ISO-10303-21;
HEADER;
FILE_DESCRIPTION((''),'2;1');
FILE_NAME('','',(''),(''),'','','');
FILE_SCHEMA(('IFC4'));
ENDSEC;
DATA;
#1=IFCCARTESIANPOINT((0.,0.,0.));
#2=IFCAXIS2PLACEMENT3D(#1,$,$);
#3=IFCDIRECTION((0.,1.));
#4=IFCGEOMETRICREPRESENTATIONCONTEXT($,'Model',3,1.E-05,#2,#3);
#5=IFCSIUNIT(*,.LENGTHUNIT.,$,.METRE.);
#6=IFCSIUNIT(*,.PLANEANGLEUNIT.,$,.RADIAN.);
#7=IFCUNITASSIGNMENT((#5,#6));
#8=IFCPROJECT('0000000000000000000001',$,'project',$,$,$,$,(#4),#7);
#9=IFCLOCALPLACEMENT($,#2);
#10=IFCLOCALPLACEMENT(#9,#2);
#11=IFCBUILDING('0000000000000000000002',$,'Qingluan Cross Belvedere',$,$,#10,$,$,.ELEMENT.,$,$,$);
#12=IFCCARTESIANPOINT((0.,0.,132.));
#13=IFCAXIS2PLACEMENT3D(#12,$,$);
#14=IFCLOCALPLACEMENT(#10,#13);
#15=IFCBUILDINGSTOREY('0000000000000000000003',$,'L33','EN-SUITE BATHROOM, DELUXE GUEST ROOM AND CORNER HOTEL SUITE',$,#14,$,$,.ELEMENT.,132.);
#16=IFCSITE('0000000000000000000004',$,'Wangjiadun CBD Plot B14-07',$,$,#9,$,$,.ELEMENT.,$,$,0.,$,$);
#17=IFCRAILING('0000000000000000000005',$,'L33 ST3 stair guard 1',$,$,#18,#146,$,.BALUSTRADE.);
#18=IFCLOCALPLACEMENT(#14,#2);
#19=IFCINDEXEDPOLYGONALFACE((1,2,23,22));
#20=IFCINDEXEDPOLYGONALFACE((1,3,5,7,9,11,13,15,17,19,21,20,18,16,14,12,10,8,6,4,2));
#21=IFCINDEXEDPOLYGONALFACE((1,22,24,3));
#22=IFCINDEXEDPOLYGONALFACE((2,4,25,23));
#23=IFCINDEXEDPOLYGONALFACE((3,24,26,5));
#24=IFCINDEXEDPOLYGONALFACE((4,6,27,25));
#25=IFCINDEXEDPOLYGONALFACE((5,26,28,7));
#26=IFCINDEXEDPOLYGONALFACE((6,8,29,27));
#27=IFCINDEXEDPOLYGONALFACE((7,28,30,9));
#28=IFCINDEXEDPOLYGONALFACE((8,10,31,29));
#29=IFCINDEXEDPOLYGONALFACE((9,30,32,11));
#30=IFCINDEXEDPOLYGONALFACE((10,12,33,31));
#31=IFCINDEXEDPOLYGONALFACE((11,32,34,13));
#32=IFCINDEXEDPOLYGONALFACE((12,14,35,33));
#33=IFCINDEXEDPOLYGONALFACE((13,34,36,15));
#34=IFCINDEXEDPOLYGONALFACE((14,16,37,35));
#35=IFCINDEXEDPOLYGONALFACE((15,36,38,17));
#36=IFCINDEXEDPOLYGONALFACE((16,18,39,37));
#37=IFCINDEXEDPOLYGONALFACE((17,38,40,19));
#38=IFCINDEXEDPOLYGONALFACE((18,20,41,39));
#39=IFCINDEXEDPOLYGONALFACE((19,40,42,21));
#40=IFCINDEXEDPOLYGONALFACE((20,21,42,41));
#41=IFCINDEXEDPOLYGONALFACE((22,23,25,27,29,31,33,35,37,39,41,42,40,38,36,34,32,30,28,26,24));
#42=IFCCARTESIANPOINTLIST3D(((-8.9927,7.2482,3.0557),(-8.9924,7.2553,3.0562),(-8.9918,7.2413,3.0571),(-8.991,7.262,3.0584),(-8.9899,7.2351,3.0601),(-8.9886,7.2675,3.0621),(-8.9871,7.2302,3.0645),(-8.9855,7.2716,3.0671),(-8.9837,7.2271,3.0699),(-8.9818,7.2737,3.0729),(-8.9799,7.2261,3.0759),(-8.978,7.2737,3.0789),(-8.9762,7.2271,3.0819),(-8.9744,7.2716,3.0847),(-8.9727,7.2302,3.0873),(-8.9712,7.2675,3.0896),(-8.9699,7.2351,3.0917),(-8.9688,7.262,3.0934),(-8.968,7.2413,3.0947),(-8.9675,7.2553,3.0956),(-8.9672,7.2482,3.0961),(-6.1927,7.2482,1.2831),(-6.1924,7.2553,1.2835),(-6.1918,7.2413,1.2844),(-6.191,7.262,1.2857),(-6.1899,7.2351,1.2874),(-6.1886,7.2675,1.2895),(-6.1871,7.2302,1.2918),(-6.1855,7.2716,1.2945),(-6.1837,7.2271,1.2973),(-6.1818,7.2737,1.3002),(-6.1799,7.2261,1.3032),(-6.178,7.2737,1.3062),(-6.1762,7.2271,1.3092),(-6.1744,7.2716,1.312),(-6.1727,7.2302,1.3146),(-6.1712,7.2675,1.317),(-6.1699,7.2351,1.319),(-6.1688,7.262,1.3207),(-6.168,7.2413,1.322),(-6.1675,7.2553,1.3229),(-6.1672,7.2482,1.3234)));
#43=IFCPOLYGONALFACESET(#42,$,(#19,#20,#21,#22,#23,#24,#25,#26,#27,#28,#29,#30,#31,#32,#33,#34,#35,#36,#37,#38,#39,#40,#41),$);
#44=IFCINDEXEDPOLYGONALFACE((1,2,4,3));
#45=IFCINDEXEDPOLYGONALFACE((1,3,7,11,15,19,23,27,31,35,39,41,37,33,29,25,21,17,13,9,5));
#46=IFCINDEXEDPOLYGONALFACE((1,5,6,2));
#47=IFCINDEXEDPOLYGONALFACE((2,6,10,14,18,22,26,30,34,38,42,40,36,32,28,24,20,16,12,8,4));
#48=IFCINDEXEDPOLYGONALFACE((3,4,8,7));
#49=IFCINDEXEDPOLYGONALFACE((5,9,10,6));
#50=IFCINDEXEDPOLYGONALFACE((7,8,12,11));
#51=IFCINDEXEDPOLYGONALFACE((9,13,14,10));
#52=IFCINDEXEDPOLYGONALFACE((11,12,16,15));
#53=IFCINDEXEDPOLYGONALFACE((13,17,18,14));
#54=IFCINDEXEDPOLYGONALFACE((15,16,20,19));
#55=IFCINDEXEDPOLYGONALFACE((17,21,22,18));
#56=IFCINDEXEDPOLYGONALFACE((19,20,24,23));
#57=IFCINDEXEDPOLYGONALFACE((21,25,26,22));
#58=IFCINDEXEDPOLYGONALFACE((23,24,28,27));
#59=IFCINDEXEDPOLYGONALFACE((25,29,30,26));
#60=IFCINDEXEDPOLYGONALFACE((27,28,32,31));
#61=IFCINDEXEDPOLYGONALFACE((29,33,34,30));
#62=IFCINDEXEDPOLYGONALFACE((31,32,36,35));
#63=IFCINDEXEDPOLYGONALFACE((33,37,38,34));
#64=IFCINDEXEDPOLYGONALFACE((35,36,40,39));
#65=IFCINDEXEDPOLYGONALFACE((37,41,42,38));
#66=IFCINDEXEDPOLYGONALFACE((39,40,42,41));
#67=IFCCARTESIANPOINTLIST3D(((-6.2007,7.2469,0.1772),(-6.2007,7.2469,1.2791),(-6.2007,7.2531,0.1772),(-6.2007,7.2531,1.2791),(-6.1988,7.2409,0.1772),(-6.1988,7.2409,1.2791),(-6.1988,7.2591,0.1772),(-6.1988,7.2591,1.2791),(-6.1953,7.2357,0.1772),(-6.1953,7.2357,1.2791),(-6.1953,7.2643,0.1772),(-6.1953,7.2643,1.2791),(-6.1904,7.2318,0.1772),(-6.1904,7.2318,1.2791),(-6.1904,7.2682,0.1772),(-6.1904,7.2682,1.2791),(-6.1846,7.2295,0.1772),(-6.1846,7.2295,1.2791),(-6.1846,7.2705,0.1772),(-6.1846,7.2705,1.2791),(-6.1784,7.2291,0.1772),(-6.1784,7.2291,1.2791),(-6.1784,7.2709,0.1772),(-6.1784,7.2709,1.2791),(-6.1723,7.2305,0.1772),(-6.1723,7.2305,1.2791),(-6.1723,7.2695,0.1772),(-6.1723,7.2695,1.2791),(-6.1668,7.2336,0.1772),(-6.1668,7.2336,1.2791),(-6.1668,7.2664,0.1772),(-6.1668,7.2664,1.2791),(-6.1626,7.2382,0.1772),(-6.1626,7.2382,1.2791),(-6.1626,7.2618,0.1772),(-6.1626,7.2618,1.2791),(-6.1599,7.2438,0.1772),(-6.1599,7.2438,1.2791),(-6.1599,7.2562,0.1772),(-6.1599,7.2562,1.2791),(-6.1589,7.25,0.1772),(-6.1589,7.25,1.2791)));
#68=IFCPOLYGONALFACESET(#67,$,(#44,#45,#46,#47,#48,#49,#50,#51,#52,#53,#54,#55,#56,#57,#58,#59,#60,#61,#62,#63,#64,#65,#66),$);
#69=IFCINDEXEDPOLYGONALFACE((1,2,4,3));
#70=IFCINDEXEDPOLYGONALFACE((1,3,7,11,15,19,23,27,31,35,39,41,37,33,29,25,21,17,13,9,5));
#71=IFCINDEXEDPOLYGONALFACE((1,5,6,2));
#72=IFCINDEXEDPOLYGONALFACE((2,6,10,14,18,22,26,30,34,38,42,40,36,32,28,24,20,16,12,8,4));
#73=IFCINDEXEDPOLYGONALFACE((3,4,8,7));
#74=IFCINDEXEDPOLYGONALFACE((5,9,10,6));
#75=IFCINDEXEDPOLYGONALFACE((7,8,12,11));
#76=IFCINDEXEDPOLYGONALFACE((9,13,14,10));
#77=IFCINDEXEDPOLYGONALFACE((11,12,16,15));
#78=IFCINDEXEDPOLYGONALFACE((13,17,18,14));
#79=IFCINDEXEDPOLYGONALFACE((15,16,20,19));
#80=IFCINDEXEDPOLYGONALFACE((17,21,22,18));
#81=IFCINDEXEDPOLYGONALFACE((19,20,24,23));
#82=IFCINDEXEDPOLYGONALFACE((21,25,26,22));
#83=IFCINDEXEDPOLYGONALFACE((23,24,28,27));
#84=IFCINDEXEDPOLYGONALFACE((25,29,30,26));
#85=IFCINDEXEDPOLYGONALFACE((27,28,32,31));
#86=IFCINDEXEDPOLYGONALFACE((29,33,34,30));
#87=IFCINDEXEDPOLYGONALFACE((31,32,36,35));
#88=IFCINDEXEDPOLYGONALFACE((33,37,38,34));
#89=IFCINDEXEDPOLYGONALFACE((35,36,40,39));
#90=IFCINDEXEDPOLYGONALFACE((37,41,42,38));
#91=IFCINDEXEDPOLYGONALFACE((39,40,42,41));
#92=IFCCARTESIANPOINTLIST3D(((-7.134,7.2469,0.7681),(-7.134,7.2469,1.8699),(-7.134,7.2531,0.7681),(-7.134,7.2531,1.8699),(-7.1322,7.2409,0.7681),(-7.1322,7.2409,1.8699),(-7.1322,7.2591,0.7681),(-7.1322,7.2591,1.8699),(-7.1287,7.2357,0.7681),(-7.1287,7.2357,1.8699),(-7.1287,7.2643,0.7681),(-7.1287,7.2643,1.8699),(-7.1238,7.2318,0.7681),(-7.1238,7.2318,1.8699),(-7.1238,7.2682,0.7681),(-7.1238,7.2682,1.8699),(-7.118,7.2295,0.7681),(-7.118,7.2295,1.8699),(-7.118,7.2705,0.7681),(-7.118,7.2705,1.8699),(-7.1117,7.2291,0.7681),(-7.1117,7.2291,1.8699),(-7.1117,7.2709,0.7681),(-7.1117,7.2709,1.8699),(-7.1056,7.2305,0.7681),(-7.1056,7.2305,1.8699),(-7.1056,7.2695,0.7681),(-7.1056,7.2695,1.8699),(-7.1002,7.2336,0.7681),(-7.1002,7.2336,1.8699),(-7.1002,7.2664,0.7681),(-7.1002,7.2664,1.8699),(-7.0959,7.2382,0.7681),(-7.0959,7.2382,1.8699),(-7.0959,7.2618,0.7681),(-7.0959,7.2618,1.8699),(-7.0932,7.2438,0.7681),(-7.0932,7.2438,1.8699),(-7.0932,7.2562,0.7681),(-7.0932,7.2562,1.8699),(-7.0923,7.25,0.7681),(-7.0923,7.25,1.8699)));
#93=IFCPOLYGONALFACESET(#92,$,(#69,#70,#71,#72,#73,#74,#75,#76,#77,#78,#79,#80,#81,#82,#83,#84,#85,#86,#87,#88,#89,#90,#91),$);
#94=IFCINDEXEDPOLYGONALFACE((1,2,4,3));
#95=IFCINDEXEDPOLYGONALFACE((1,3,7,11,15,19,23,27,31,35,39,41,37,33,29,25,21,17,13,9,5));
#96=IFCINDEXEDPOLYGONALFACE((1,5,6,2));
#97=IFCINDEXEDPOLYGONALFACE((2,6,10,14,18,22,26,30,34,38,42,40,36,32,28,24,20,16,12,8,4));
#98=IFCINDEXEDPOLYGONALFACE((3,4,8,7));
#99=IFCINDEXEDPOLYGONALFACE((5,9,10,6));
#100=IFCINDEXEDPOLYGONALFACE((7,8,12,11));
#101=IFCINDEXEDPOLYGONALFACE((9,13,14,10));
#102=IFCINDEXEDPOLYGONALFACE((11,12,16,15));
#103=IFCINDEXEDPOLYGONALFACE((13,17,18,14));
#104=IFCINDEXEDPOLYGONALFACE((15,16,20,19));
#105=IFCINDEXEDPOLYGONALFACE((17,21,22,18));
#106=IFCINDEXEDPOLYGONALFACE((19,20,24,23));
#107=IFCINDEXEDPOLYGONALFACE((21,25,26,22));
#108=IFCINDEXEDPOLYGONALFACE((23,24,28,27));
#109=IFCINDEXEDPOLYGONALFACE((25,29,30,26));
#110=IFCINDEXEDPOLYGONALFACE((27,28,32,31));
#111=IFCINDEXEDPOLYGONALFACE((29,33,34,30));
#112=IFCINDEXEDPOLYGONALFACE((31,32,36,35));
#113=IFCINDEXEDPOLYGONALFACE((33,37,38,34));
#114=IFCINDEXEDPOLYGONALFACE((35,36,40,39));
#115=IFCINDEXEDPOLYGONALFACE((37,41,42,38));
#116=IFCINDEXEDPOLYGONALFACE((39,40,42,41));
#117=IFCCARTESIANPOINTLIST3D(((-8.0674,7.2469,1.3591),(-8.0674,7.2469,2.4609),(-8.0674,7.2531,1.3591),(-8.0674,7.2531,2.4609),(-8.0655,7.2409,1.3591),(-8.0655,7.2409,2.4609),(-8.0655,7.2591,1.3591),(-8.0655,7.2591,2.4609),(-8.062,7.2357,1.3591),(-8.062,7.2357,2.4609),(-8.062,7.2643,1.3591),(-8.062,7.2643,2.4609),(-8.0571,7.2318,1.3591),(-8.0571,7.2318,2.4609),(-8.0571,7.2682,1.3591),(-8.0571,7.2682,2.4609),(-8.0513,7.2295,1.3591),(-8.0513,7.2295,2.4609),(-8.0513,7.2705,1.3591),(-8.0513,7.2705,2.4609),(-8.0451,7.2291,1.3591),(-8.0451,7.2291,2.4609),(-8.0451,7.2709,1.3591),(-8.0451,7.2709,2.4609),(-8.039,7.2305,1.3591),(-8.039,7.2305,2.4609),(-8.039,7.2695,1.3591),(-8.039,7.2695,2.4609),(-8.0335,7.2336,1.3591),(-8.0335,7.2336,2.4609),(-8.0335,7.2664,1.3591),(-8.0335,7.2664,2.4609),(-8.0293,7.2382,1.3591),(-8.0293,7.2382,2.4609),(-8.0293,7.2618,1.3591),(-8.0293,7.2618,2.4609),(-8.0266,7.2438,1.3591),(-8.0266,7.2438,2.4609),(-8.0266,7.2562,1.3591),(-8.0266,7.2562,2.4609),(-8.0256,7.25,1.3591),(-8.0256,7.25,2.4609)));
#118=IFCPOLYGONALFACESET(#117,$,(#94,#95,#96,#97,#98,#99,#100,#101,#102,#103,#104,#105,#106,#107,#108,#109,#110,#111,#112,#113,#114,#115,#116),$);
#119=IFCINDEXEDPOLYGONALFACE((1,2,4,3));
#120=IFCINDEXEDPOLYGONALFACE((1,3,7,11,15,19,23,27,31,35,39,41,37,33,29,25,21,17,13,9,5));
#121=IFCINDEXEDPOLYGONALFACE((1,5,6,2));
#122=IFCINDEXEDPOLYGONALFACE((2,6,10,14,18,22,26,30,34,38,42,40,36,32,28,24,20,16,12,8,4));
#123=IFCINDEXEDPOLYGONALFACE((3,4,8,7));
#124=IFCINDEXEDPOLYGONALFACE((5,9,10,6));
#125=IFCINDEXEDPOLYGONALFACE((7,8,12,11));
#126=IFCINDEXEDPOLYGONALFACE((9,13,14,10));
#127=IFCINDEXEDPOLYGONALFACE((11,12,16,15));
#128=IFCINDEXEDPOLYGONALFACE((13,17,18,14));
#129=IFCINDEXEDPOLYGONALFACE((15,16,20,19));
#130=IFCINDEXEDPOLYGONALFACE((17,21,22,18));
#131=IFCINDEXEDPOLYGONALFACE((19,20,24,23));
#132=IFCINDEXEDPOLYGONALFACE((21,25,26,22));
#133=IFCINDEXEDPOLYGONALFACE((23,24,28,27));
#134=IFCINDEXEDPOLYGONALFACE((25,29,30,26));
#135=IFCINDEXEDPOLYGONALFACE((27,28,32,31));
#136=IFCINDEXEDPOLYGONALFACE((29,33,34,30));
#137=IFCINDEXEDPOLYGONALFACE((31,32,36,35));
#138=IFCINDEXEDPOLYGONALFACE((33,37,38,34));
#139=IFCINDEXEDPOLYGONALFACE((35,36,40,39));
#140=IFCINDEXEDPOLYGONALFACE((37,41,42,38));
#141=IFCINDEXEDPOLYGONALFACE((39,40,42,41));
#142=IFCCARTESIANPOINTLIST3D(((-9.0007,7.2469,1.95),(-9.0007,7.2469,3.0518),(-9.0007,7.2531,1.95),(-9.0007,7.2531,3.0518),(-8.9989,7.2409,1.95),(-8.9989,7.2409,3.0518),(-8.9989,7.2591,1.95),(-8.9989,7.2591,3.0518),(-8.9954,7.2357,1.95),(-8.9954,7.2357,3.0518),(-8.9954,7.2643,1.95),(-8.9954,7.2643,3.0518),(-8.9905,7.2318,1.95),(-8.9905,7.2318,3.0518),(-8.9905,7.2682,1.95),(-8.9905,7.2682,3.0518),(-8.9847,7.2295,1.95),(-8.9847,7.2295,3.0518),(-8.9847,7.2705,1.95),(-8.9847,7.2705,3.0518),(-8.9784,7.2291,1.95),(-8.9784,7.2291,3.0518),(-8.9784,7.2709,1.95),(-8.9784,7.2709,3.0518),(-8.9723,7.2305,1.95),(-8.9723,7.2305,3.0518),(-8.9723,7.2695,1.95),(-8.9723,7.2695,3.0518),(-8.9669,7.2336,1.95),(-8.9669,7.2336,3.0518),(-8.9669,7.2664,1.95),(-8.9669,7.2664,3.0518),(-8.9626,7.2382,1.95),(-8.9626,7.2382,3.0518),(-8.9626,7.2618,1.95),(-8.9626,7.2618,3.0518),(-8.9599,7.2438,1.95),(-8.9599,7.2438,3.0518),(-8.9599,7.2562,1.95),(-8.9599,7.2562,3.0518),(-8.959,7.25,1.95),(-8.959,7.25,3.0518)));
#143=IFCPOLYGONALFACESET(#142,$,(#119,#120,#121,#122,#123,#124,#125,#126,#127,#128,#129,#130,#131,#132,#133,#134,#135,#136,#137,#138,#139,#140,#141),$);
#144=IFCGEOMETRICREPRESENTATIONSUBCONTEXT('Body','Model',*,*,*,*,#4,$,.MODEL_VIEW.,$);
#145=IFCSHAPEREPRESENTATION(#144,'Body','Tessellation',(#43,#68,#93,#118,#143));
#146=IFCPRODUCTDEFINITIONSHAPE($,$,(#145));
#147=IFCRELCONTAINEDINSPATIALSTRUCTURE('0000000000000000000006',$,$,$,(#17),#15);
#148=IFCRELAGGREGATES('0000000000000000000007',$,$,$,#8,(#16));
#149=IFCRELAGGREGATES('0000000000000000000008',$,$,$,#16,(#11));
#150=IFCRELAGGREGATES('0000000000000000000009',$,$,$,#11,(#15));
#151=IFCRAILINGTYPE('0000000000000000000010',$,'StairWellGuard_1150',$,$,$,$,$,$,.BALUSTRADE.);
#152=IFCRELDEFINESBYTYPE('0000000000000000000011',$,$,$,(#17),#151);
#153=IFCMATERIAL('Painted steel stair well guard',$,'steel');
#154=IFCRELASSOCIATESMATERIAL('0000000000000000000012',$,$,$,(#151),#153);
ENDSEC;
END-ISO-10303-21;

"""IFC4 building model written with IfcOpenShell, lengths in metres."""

from ifc_helpers import new_model, si_unit, direction, frame, origin, origin_2d, place, context, subcontext, project, spatial, circle, extrude, material, type_object, element, save


model = new_model("IFC4")

# Units and contexts
model_context = context("Model", 3, precision=1e-05, world=origin(), true_north=direction((0.0, 1.0)))
body_context = subcontext(model_context, "Body", "Model", "MODEL_VIEW")
ifc_project = project(units=[si_unit("LENGTHUNIT", "METRE"), si_unit("PLANEANGLEUNIT", "RADIAN")], contexts=[model_context])

# Site, building, storey
site_placement = place(None, origin())
site = spatial("IfcSite", under=ifc_project, at=site_placement, Name="Wangjiadun CBD Plot B14-07", CompositionType="ELEMENT", RefElevation=0.0)
building_placement = place(site_placement, origin())
building = spatial("IfcBuilding", under=site, at=building_placement, Name="Qingluan Cross Belvedere", CompositionType="ELEMENT")
storey_placement = place(building_placement, frame((0.0, 0.0, 132.0)))
storey = spatial("IfcBuildingStorey", under=building, at=storey_placement, Name="L33", Description="EN-SUITE BATHROOM, DELUXE GUEST ROOM AND CORNER HOTEL SUITE", CompositionType="ELEMENT", Elevation=132.0)

# Railing
ifc_material_1 = material(Name="Painted steel stair well guard", Category="steel")
railing_type_1 = type_object("IfcRailingType", Name="StairWellGuard_1150", PredefinedType="BALUSTRADE", material=ifc_material_1)
railing_1_placement = place(storey_placement, frame((-6.1799, 7.25, 0.1772)))
element("IfcRailing", 1, at=railing_1_placement, inside=storey, type_object=railing_type_1, Name="L33 ST3 stair guard 1", PredefinedType="BALUSTRADE", context=body_context, shape_type="SweptSolid", body=[
    extrude(circle(Radius=0.0239, at=origin_2d()), frame((0.0, 0.0, 1.126), z_axis=(-0.844909, 0.0, 0.53491), x_axis=(0.0, -1.0, 0.0)), (0.0, 0.0, 1.0), 3.314),
    extrude(circle(Radius=0.021, at=origin_2d()), origin(), (0.0, 0.0, 1.0), 1.1018),
    extrude(circle(Radius=0.021, at=origin_2d()), frame((-0.9333, 0.0, 0.5908)), (0.0, 0.0, 1.0), 1.1018),
    extrude(circle(Radius=0.021, at=origin_2d()), frame((-1.8667, 0.0, 1.1819)), (0.0, 0.0, 1.0), 1.1018),
    extrude(circle(Radius=0.021, at=origin_2d()), frame((-2.8, 0.0, 1.7727)), (0.0, 0.0, 1.0), 1.1018),
])

save(model, "model.ifc")
